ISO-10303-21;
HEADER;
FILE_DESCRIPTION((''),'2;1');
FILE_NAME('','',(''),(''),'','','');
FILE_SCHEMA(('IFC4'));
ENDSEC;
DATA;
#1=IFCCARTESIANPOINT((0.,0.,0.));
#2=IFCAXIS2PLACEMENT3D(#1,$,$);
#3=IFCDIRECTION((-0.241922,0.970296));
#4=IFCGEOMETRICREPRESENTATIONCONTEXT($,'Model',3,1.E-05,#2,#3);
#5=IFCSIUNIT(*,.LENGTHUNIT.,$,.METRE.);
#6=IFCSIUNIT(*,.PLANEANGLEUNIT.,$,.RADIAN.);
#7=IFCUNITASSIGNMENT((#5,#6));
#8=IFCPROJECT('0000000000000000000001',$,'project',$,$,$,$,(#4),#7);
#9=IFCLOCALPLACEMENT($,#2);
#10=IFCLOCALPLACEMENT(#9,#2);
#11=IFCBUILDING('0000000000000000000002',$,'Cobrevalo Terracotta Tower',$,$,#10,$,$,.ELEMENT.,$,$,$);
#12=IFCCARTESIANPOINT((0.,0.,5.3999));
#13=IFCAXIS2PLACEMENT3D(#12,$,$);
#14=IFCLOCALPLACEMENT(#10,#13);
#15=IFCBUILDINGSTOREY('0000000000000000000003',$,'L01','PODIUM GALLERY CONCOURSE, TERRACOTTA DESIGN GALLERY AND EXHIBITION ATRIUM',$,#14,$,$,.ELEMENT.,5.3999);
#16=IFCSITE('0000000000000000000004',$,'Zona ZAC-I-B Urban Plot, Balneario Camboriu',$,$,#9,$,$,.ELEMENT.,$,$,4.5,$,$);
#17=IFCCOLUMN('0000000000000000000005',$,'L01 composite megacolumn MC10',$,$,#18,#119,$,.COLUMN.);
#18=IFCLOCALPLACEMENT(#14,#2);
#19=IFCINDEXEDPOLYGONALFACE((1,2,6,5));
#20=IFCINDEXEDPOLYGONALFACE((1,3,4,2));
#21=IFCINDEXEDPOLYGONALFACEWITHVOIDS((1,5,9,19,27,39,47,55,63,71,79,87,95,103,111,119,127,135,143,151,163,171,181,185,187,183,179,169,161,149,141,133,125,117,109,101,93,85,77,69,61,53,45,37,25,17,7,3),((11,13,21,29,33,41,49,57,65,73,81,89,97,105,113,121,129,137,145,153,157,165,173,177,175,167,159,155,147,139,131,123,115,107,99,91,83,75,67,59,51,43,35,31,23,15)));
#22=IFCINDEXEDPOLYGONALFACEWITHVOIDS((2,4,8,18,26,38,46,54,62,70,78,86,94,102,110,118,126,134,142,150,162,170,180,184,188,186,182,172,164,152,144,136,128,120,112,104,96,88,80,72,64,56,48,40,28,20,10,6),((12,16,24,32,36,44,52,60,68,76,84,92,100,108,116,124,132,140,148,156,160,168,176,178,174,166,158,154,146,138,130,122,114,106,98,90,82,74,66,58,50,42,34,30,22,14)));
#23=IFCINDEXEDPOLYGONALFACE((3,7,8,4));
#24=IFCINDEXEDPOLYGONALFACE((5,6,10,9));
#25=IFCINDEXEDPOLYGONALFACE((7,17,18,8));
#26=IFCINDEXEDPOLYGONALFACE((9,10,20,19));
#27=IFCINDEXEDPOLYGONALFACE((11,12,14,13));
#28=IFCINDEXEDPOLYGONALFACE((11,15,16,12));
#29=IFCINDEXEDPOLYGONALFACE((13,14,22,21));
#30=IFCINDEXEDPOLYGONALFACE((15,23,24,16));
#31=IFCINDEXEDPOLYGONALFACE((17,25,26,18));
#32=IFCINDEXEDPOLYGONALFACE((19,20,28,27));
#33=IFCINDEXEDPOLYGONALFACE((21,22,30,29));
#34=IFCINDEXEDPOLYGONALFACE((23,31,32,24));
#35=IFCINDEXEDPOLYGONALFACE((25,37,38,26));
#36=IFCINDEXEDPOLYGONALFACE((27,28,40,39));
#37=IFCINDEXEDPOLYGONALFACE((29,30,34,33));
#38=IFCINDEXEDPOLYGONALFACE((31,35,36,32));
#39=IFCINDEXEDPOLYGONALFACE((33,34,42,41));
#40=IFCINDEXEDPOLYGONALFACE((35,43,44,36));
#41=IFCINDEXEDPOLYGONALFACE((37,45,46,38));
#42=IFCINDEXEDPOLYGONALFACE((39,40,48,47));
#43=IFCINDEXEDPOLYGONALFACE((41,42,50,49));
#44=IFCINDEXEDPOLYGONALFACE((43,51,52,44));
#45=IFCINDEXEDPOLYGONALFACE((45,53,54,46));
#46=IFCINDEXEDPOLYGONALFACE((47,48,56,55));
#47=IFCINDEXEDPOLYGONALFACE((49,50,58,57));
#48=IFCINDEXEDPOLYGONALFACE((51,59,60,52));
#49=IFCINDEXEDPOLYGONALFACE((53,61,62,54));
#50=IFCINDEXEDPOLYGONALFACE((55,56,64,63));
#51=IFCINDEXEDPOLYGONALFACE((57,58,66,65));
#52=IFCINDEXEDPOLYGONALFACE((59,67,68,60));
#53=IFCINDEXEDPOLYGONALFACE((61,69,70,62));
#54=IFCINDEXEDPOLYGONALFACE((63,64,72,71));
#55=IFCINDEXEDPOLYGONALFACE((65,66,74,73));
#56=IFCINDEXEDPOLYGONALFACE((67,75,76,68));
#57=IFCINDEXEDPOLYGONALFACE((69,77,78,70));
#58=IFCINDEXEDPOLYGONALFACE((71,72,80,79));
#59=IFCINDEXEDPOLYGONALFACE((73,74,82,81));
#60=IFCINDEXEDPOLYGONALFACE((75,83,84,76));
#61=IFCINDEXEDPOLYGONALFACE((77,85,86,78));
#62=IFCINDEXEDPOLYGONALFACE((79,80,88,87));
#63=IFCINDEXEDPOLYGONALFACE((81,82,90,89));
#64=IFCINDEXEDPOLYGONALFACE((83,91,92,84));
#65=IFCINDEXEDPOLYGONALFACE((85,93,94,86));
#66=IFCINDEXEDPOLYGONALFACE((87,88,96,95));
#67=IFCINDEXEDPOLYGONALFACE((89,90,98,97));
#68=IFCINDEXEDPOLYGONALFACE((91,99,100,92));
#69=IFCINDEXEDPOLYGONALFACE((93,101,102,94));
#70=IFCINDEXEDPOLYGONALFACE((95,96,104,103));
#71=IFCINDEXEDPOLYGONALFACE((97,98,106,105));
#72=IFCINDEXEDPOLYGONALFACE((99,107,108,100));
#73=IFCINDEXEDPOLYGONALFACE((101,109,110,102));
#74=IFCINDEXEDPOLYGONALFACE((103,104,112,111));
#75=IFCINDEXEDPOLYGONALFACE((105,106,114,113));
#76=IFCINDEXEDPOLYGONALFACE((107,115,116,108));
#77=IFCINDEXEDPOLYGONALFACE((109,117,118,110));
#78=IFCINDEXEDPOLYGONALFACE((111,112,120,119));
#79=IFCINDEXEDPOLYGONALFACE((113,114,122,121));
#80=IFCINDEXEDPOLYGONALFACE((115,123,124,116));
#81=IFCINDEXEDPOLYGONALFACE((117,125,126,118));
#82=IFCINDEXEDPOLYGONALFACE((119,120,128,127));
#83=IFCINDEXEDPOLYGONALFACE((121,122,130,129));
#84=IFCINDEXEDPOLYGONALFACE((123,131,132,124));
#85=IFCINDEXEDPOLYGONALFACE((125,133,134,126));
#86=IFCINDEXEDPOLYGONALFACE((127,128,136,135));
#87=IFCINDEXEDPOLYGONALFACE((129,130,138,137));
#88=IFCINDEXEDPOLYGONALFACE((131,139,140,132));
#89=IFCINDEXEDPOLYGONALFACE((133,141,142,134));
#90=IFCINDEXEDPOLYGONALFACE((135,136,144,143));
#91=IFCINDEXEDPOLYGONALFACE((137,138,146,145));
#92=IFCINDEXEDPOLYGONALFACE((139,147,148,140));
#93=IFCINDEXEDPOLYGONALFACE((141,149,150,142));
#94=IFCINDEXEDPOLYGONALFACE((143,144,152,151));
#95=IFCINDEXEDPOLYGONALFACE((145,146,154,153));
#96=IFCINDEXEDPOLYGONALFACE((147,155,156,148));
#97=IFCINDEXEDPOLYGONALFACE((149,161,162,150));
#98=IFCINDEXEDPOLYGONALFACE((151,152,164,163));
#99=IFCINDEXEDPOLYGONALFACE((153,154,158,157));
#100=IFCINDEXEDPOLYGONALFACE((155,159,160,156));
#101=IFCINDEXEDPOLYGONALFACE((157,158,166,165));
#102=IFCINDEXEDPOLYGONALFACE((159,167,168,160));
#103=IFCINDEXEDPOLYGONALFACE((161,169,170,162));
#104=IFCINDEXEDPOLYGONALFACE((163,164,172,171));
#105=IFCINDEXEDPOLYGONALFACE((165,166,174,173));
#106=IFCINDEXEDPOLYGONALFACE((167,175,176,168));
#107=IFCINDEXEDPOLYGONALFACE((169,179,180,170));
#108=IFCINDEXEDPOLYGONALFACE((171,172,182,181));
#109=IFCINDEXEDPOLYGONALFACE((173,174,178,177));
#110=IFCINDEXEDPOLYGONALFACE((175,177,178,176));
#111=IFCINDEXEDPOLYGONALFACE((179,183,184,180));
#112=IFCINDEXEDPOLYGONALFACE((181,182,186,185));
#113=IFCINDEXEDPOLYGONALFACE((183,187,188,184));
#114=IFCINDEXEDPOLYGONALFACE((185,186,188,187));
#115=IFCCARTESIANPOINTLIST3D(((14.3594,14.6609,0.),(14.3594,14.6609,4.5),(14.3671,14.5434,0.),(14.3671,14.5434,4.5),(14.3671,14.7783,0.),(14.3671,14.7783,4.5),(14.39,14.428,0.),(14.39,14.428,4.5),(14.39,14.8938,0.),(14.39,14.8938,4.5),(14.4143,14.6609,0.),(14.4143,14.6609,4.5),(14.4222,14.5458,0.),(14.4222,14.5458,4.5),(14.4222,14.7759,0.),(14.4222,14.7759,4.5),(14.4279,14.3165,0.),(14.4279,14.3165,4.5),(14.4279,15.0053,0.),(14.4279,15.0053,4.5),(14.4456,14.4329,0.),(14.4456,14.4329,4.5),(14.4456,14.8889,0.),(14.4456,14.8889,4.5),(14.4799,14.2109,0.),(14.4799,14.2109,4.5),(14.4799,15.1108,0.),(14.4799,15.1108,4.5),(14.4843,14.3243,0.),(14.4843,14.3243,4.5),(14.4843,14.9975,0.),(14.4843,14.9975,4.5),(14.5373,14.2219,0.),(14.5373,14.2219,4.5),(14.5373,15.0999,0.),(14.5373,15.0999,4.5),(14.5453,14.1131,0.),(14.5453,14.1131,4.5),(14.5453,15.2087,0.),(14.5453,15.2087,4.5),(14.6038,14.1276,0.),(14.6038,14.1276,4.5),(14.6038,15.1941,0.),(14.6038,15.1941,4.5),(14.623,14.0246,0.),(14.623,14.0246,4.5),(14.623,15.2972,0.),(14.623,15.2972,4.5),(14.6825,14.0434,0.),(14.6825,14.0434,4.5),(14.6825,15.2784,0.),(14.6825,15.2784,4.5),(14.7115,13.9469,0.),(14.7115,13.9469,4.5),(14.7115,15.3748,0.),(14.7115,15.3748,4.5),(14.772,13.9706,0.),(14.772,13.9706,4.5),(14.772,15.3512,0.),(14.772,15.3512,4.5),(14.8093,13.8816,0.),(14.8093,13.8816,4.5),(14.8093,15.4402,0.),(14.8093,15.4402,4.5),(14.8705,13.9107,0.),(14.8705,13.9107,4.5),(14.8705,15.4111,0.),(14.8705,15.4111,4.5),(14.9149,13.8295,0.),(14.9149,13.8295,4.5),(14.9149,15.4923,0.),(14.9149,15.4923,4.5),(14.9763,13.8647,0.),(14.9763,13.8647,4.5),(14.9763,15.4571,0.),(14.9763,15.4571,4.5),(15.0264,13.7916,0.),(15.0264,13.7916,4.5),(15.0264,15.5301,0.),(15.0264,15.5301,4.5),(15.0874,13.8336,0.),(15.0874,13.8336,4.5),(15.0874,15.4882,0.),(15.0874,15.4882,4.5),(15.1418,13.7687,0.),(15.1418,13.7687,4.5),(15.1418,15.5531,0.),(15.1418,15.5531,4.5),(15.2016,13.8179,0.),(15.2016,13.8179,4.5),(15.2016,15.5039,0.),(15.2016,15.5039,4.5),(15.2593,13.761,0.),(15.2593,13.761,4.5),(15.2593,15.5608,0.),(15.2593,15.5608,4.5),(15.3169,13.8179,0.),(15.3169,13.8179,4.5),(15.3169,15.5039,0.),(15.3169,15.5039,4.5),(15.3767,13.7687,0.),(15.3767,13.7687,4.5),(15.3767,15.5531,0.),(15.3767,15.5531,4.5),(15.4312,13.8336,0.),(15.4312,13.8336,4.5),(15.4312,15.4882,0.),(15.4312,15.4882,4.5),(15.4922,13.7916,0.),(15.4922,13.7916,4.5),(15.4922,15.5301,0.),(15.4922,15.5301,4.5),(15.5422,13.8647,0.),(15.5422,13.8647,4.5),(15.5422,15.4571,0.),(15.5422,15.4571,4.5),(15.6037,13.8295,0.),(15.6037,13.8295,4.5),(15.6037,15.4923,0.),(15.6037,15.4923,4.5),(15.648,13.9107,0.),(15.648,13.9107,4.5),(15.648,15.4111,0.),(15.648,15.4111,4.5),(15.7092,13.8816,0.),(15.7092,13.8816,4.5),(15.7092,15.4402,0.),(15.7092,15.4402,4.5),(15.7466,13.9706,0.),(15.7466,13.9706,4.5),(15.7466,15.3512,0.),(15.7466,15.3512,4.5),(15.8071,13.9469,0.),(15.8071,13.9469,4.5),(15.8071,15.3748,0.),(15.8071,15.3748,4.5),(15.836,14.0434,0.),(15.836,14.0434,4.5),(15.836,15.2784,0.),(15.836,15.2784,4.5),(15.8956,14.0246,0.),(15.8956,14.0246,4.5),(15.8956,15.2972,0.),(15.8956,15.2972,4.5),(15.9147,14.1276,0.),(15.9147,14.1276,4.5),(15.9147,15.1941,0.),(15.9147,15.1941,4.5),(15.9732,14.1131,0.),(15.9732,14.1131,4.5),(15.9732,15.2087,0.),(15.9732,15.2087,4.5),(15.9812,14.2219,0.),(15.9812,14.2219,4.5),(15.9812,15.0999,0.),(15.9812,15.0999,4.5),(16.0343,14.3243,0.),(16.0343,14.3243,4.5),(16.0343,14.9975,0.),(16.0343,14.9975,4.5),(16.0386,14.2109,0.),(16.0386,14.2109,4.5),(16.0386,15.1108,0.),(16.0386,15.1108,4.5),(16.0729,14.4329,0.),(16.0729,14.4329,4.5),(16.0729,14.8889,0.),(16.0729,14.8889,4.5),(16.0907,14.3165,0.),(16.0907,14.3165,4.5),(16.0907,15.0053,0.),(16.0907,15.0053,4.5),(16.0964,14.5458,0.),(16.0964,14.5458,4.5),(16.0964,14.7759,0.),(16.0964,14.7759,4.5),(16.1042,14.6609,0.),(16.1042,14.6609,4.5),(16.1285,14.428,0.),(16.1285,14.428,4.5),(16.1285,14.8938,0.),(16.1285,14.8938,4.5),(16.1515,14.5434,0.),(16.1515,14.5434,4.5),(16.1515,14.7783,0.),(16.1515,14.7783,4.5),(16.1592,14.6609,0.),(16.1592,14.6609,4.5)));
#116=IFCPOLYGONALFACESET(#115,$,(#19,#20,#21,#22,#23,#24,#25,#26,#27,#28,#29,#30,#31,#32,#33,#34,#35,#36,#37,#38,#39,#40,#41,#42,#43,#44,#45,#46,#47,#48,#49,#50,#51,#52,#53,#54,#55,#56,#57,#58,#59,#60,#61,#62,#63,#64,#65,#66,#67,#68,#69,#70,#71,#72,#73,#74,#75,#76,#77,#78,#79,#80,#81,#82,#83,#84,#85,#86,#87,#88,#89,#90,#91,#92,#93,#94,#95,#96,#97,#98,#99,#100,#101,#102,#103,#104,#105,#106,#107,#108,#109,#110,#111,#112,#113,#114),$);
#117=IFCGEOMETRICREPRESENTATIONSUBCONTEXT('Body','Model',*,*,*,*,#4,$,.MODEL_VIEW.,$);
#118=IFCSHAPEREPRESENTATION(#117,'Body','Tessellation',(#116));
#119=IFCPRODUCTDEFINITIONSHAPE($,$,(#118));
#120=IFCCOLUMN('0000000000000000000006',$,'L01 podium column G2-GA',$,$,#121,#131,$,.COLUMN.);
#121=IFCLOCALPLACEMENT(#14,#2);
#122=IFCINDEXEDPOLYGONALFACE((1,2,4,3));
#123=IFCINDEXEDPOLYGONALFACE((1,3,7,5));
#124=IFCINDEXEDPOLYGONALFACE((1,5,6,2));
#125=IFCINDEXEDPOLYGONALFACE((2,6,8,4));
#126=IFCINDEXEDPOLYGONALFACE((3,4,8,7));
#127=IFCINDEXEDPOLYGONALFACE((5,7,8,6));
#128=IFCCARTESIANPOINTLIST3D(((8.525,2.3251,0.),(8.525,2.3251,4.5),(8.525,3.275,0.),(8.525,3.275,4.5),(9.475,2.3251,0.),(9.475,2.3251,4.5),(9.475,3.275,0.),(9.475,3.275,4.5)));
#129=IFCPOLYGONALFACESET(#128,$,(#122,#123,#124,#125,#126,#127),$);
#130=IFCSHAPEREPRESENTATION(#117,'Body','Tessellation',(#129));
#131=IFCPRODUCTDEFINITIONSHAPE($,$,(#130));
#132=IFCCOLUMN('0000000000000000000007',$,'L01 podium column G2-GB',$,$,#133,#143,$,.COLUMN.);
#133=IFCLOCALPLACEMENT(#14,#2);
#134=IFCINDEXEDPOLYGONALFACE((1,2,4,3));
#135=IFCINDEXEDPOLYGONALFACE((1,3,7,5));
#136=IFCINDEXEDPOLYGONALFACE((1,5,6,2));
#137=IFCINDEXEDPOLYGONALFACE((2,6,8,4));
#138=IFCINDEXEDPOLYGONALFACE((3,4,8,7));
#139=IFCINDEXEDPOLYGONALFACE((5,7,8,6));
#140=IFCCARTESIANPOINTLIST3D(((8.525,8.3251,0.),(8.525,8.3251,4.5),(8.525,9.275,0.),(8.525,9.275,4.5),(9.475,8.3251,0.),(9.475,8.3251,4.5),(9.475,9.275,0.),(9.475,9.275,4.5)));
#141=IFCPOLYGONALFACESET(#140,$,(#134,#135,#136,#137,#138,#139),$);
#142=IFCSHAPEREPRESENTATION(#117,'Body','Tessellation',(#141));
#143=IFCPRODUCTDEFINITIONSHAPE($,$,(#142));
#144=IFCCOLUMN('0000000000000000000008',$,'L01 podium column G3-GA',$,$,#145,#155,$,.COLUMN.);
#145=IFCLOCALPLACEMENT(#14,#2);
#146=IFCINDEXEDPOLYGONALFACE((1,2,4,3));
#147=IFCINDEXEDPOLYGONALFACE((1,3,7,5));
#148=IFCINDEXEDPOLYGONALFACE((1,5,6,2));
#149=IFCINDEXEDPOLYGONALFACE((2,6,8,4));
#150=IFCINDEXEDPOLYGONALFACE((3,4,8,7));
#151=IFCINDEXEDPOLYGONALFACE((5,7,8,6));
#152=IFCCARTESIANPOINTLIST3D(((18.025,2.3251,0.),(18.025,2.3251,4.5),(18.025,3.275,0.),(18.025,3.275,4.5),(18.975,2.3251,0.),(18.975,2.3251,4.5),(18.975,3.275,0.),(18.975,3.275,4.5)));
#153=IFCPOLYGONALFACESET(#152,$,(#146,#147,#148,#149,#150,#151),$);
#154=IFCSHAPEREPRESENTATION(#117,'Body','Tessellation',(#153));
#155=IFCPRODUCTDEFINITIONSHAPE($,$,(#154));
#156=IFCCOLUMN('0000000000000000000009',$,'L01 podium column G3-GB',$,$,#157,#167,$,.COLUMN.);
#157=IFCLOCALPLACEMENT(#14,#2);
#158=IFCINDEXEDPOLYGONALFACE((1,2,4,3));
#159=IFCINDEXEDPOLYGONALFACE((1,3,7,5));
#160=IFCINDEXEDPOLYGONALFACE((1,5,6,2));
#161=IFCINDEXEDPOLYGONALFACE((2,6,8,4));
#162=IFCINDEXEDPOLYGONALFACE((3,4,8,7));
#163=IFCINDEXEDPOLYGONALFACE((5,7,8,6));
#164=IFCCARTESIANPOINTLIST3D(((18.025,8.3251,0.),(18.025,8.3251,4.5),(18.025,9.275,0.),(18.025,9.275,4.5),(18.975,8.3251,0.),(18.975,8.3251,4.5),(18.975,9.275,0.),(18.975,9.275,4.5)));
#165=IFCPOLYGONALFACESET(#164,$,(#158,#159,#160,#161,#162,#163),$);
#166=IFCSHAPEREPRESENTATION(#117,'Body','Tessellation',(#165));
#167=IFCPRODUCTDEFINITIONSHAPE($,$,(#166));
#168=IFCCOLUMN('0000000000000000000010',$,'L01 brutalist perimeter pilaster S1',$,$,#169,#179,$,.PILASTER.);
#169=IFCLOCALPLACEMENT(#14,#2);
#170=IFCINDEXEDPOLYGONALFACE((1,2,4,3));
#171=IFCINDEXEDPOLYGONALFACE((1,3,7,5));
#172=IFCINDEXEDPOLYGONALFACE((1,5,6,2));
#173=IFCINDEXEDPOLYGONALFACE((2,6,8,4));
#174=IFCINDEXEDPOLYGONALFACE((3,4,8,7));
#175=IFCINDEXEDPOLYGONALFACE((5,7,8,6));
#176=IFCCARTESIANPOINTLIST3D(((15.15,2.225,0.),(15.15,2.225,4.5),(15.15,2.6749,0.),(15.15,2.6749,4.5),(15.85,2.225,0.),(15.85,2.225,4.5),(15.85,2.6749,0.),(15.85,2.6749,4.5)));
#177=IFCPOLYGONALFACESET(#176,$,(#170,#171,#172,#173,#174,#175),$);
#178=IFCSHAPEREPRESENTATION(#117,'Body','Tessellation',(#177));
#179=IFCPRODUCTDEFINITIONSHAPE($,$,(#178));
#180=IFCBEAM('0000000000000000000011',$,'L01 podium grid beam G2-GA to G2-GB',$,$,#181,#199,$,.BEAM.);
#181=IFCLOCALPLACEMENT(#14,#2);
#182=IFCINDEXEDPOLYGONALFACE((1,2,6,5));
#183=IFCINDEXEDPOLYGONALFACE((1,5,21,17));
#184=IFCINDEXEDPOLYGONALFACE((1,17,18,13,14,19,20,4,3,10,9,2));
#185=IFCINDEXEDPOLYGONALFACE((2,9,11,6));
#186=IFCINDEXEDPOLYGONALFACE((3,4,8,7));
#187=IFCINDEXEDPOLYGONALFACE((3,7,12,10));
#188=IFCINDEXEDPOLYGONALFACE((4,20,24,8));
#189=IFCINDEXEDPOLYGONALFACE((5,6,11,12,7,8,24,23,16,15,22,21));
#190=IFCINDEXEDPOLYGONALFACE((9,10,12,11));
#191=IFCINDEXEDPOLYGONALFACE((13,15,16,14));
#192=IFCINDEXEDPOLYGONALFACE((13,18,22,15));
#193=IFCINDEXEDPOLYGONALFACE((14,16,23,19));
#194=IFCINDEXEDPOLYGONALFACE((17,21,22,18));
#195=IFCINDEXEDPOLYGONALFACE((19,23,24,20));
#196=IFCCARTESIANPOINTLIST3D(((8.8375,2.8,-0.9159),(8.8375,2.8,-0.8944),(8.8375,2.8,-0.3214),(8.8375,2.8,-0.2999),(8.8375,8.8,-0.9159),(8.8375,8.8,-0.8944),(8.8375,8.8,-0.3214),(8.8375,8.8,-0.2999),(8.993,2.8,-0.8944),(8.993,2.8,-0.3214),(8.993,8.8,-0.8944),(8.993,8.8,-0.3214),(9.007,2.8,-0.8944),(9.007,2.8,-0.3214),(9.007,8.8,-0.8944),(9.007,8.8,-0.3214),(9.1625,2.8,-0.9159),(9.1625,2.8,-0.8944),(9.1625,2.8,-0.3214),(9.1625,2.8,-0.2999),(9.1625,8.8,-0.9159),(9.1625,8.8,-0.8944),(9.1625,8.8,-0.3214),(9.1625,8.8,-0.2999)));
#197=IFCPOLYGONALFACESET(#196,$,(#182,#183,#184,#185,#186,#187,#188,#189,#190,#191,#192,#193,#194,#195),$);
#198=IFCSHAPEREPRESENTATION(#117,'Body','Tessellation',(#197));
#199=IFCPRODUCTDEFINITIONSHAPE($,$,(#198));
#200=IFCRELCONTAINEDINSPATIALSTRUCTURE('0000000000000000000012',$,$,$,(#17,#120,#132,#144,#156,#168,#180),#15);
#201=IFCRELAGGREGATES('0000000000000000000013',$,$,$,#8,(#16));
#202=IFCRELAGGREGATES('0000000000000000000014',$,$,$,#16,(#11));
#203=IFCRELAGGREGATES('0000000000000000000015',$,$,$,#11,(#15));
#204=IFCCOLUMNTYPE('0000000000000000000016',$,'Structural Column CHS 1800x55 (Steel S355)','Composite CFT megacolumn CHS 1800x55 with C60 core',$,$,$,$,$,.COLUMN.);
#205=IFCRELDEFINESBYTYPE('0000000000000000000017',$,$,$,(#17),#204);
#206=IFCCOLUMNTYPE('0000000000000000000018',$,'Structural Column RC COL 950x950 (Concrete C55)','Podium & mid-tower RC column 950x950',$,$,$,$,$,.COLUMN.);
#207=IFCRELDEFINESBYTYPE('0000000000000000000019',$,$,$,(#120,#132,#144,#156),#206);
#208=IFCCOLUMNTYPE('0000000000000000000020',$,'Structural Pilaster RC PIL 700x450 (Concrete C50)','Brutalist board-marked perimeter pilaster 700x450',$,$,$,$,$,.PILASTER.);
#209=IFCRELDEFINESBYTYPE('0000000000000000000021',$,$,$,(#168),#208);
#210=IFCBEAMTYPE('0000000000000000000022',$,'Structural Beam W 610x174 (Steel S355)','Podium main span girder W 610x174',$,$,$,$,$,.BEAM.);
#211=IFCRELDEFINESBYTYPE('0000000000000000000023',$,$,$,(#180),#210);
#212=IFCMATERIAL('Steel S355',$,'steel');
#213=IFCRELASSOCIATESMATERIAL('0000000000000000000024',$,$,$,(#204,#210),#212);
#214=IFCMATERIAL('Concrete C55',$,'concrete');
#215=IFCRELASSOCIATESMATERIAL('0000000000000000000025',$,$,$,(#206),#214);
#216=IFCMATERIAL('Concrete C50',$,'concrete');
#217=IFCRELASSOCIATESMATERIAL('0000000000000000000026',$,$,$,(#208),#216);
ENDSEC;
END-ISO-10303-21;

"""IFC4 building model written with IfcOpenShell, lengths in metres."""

from ifc_helpers import new_model, si_unit, direction, frame, origin, origin_2d, place, context, subcontext, project, spatial, rectangle, hollow_circle, i_section, extrude, material, material_profile, profile_set, type_object, element, save


model = new_model("IFC4")

# Units and contexts
model_context = context("Model", 3, precision=1e-05, world=origin(), true_north=direction((-0.241922, 0.970296)))
body_context = subcontext(model_context, "Body", "Model", "MODEL_VIEW")
ifc_project = project(units=[si_unit("LENGTHUNIT", "METRE"), si_unit("PLANEANGLEUNIT", "RADIAN")], contexts=[model_context])

# Site, building, storey
site_placement = place(None, origin())
site = spatial("IfcSite", under=ifc_project, at=site_placement, Name="Zona ZAC-I-B Urban Plot, Balneario Camboriu", CompositionType="ELEMENT", RefElevation=4.5)
building_placement = place(site_placement, origin())
building = spatial("IfcBuilding", under=site, at=building_placement, Name="Cobrevalo Terracotta Tower", CompositionType="ELEMENT")
storey_placement = place(building_placement, frame((0.0, 0.0, 5.3999)))
storey = spatial("IfcBuildingStorey", under=building, at=storey_placement, Name="L01", Description="PODIUM GALLERY CONCOURSE, TERRACOTTA DESIGN GALLERY AND EXHIBITION ATRIUM", CompositionType="ELEMENT", Elevation=5.3999)

# Columns
ifc_material_1 = material(Name="Steel S355", Category="steel")
ifc_material_profile_1 = material_profile(ifc_material_1, hollow_circle(Radius=0.8999, WallThickness=0.0549, at=origin_2d()), Name="CHS 1800x55")
ifc_profile_set_1 = profile_set([ifc_material_profile_1], Name="Steel S355")
column_type_1 = type_object("IfcColumnType", Name="Structural Column CHS 1800x55 (Steel S355)", Description="Composite CFT megacolumn CHS 1800x55 with C60 core", PredefinedType="COLUMN", material=ifc_profile_set_1)
column_1_placement = place(storey_placement, frame((15.2593, 14.6609, 0.0), z_axis=(0.0, 0.0, 1.0), x_axis=(1.0, 0.0, 0.0)))
element("IfcColumn", 1, at=column_1_placement, inside=storey, type_object=column_type_1, Name="L01 composite megacolumn MC10", PredefinedType="COLUMN", context=body_context, shape_type="SweptSolid", body=[
    extrude(hollow_circle(Radius=0.8999, WallThickness=0.0549, at=origin_2d()), origin(), (0.0, 0.0, 1.0), 4.5),
])
ifc_material_2 = material(Name="Concrete C55", Category="concrete")
ifc_material_profile_2 = material_profile(ifc_material_2, rectangle(XDim=0.95, YDim=0.95, at=origin_2d()), Name="RC COL 950x950")
ifc_profile_set_2 = profile_set([ifc_material_profile_2], Name="Concrete C55")
column_type_2 = type_object("IfcColumnType", Name="Structural Column RC COL 950x950 (Concrete C55)", Description="Podium & mid-tower RC column 950x950", PredefinedType="COLUMN", material=ifc_profile_set_2)
for number, where, z_axis, x_axis, name in (
    (2, (9.0, 2.8, 0.0), (0.0, 0.0, 1.0), (1.0, 0.0, 0.0), "L01 podium column G2-GA"),
    (3, (9.0, 8.8, 0.0), (0.0, 0.0, 1.0), (1.0, 0.0, 0.0), "L01 podium column G2-GB"),
    (4, (18.5, 2.8, 0.0), (0.0, 0.0, 1.0), (1.0, 0.0, 0.0), "L01 podium column G3-GA"),
    (5, (18.5, 8.8, 0.0), (0.0, 0.0, 1.0), (1.0, 0.0, 0.0), "L01 podium column G3-GB"),
):
    element("IfcColumn", number, at=place(storey_placement, frame(where, z_axis=z_axis, x_axis=x_axis)), inside=storey, type_object=column_type_2, Name=name, PredefinedType="COLUMN", context=body_context, shape_type="SweptSolid", body=[
        extrude(rectangle(XDim=0.95, YDim=0.95, at=origin_2d()), origin(), (0.0, 0.0, 1.0), 4.5),
    ])
ifc_material_3 = material(Name="Concrete C50", Category="concrete")
ifc_material_profile_3 = material_profile(ifc_material_3, rectangle(XDim=0.7, YDim=0.45, at=origin_2d()), Name="RC PIL 700x450")
ifc_profile_set_3 = profile_set([ifc_material_profile_3], Name="Concrete C50")
column_type_3 = type_object("IfcColumnType", Name="Structural Pilaster RC PIL 700x450 (Concrete C50)", Description="Brutalist board-marked perimeter pilaster 700x450", PredefinedType="PILASTER", material=ifc_profile_set_3)
column_2_placement = place(storey_placement, frame((15.5, 2.45, 0.0), z_axis=(0.0, 0.0, 1.0), x_axis=(1.0, 0.0, 0.0)))
element("IfcColumn", 6, at=column_2_placement, inside=storey, type_object=column_type_3, Name="L01 brutalist perimeter pilaster S1", PredefinedType="PILASTER", context=body_context, shape_type="SweptSolid", body=[
    extrude(rectangle(XDim=0.7, YDim=0.45, at=origin_2d()), origin(), (0.0, 0.0, 1.0), 4.5),
])

# Beam
ifc_material_profile_4 = material_profile(ifc_material_1, i_section(OverallWidth=0.325, OverallDepth=0.616, WebThickness=0.0139, FlangeThickness=0.0215, at=origin_2d()), Name="W 610x174")
ifc_profile_set_4 = profile_set([ifc_material_profile_4], Name="Steel S355")
beam_type_1 = type_object("IfcBeamType", Name="Structural Beam W 610x174 (Steel S355)", Description="Podium main span girder W 610x174", PredefinedType="BEAM", material=ifc_profile_set_4)
beam_1_placement = place(storey_placement, frame((9.0, 2.8, -0.6079), z_axis=(0.0, 1.0, 0.0), x_axis=(-1.0, 0.0, 0.0)))
element("IfcBeam", 7, at=beam_1_placement, inside=storey, type_object=beam_type_1, Name="L01 podium grid beam G2-GA to G2-GB", PredefinedType="BEAM", context=body_context, shape_type="SweptSolid", body=[
    extrude(i_section(OverallWidth=0.325, OverallDepth=0.616, WebThickness=0.0139, FlangeThickness=0.0215, at=origin_2d()), origin(), (0.0, 0.0, 1.0), 6.0),
])

save(model, "model.ifc")
